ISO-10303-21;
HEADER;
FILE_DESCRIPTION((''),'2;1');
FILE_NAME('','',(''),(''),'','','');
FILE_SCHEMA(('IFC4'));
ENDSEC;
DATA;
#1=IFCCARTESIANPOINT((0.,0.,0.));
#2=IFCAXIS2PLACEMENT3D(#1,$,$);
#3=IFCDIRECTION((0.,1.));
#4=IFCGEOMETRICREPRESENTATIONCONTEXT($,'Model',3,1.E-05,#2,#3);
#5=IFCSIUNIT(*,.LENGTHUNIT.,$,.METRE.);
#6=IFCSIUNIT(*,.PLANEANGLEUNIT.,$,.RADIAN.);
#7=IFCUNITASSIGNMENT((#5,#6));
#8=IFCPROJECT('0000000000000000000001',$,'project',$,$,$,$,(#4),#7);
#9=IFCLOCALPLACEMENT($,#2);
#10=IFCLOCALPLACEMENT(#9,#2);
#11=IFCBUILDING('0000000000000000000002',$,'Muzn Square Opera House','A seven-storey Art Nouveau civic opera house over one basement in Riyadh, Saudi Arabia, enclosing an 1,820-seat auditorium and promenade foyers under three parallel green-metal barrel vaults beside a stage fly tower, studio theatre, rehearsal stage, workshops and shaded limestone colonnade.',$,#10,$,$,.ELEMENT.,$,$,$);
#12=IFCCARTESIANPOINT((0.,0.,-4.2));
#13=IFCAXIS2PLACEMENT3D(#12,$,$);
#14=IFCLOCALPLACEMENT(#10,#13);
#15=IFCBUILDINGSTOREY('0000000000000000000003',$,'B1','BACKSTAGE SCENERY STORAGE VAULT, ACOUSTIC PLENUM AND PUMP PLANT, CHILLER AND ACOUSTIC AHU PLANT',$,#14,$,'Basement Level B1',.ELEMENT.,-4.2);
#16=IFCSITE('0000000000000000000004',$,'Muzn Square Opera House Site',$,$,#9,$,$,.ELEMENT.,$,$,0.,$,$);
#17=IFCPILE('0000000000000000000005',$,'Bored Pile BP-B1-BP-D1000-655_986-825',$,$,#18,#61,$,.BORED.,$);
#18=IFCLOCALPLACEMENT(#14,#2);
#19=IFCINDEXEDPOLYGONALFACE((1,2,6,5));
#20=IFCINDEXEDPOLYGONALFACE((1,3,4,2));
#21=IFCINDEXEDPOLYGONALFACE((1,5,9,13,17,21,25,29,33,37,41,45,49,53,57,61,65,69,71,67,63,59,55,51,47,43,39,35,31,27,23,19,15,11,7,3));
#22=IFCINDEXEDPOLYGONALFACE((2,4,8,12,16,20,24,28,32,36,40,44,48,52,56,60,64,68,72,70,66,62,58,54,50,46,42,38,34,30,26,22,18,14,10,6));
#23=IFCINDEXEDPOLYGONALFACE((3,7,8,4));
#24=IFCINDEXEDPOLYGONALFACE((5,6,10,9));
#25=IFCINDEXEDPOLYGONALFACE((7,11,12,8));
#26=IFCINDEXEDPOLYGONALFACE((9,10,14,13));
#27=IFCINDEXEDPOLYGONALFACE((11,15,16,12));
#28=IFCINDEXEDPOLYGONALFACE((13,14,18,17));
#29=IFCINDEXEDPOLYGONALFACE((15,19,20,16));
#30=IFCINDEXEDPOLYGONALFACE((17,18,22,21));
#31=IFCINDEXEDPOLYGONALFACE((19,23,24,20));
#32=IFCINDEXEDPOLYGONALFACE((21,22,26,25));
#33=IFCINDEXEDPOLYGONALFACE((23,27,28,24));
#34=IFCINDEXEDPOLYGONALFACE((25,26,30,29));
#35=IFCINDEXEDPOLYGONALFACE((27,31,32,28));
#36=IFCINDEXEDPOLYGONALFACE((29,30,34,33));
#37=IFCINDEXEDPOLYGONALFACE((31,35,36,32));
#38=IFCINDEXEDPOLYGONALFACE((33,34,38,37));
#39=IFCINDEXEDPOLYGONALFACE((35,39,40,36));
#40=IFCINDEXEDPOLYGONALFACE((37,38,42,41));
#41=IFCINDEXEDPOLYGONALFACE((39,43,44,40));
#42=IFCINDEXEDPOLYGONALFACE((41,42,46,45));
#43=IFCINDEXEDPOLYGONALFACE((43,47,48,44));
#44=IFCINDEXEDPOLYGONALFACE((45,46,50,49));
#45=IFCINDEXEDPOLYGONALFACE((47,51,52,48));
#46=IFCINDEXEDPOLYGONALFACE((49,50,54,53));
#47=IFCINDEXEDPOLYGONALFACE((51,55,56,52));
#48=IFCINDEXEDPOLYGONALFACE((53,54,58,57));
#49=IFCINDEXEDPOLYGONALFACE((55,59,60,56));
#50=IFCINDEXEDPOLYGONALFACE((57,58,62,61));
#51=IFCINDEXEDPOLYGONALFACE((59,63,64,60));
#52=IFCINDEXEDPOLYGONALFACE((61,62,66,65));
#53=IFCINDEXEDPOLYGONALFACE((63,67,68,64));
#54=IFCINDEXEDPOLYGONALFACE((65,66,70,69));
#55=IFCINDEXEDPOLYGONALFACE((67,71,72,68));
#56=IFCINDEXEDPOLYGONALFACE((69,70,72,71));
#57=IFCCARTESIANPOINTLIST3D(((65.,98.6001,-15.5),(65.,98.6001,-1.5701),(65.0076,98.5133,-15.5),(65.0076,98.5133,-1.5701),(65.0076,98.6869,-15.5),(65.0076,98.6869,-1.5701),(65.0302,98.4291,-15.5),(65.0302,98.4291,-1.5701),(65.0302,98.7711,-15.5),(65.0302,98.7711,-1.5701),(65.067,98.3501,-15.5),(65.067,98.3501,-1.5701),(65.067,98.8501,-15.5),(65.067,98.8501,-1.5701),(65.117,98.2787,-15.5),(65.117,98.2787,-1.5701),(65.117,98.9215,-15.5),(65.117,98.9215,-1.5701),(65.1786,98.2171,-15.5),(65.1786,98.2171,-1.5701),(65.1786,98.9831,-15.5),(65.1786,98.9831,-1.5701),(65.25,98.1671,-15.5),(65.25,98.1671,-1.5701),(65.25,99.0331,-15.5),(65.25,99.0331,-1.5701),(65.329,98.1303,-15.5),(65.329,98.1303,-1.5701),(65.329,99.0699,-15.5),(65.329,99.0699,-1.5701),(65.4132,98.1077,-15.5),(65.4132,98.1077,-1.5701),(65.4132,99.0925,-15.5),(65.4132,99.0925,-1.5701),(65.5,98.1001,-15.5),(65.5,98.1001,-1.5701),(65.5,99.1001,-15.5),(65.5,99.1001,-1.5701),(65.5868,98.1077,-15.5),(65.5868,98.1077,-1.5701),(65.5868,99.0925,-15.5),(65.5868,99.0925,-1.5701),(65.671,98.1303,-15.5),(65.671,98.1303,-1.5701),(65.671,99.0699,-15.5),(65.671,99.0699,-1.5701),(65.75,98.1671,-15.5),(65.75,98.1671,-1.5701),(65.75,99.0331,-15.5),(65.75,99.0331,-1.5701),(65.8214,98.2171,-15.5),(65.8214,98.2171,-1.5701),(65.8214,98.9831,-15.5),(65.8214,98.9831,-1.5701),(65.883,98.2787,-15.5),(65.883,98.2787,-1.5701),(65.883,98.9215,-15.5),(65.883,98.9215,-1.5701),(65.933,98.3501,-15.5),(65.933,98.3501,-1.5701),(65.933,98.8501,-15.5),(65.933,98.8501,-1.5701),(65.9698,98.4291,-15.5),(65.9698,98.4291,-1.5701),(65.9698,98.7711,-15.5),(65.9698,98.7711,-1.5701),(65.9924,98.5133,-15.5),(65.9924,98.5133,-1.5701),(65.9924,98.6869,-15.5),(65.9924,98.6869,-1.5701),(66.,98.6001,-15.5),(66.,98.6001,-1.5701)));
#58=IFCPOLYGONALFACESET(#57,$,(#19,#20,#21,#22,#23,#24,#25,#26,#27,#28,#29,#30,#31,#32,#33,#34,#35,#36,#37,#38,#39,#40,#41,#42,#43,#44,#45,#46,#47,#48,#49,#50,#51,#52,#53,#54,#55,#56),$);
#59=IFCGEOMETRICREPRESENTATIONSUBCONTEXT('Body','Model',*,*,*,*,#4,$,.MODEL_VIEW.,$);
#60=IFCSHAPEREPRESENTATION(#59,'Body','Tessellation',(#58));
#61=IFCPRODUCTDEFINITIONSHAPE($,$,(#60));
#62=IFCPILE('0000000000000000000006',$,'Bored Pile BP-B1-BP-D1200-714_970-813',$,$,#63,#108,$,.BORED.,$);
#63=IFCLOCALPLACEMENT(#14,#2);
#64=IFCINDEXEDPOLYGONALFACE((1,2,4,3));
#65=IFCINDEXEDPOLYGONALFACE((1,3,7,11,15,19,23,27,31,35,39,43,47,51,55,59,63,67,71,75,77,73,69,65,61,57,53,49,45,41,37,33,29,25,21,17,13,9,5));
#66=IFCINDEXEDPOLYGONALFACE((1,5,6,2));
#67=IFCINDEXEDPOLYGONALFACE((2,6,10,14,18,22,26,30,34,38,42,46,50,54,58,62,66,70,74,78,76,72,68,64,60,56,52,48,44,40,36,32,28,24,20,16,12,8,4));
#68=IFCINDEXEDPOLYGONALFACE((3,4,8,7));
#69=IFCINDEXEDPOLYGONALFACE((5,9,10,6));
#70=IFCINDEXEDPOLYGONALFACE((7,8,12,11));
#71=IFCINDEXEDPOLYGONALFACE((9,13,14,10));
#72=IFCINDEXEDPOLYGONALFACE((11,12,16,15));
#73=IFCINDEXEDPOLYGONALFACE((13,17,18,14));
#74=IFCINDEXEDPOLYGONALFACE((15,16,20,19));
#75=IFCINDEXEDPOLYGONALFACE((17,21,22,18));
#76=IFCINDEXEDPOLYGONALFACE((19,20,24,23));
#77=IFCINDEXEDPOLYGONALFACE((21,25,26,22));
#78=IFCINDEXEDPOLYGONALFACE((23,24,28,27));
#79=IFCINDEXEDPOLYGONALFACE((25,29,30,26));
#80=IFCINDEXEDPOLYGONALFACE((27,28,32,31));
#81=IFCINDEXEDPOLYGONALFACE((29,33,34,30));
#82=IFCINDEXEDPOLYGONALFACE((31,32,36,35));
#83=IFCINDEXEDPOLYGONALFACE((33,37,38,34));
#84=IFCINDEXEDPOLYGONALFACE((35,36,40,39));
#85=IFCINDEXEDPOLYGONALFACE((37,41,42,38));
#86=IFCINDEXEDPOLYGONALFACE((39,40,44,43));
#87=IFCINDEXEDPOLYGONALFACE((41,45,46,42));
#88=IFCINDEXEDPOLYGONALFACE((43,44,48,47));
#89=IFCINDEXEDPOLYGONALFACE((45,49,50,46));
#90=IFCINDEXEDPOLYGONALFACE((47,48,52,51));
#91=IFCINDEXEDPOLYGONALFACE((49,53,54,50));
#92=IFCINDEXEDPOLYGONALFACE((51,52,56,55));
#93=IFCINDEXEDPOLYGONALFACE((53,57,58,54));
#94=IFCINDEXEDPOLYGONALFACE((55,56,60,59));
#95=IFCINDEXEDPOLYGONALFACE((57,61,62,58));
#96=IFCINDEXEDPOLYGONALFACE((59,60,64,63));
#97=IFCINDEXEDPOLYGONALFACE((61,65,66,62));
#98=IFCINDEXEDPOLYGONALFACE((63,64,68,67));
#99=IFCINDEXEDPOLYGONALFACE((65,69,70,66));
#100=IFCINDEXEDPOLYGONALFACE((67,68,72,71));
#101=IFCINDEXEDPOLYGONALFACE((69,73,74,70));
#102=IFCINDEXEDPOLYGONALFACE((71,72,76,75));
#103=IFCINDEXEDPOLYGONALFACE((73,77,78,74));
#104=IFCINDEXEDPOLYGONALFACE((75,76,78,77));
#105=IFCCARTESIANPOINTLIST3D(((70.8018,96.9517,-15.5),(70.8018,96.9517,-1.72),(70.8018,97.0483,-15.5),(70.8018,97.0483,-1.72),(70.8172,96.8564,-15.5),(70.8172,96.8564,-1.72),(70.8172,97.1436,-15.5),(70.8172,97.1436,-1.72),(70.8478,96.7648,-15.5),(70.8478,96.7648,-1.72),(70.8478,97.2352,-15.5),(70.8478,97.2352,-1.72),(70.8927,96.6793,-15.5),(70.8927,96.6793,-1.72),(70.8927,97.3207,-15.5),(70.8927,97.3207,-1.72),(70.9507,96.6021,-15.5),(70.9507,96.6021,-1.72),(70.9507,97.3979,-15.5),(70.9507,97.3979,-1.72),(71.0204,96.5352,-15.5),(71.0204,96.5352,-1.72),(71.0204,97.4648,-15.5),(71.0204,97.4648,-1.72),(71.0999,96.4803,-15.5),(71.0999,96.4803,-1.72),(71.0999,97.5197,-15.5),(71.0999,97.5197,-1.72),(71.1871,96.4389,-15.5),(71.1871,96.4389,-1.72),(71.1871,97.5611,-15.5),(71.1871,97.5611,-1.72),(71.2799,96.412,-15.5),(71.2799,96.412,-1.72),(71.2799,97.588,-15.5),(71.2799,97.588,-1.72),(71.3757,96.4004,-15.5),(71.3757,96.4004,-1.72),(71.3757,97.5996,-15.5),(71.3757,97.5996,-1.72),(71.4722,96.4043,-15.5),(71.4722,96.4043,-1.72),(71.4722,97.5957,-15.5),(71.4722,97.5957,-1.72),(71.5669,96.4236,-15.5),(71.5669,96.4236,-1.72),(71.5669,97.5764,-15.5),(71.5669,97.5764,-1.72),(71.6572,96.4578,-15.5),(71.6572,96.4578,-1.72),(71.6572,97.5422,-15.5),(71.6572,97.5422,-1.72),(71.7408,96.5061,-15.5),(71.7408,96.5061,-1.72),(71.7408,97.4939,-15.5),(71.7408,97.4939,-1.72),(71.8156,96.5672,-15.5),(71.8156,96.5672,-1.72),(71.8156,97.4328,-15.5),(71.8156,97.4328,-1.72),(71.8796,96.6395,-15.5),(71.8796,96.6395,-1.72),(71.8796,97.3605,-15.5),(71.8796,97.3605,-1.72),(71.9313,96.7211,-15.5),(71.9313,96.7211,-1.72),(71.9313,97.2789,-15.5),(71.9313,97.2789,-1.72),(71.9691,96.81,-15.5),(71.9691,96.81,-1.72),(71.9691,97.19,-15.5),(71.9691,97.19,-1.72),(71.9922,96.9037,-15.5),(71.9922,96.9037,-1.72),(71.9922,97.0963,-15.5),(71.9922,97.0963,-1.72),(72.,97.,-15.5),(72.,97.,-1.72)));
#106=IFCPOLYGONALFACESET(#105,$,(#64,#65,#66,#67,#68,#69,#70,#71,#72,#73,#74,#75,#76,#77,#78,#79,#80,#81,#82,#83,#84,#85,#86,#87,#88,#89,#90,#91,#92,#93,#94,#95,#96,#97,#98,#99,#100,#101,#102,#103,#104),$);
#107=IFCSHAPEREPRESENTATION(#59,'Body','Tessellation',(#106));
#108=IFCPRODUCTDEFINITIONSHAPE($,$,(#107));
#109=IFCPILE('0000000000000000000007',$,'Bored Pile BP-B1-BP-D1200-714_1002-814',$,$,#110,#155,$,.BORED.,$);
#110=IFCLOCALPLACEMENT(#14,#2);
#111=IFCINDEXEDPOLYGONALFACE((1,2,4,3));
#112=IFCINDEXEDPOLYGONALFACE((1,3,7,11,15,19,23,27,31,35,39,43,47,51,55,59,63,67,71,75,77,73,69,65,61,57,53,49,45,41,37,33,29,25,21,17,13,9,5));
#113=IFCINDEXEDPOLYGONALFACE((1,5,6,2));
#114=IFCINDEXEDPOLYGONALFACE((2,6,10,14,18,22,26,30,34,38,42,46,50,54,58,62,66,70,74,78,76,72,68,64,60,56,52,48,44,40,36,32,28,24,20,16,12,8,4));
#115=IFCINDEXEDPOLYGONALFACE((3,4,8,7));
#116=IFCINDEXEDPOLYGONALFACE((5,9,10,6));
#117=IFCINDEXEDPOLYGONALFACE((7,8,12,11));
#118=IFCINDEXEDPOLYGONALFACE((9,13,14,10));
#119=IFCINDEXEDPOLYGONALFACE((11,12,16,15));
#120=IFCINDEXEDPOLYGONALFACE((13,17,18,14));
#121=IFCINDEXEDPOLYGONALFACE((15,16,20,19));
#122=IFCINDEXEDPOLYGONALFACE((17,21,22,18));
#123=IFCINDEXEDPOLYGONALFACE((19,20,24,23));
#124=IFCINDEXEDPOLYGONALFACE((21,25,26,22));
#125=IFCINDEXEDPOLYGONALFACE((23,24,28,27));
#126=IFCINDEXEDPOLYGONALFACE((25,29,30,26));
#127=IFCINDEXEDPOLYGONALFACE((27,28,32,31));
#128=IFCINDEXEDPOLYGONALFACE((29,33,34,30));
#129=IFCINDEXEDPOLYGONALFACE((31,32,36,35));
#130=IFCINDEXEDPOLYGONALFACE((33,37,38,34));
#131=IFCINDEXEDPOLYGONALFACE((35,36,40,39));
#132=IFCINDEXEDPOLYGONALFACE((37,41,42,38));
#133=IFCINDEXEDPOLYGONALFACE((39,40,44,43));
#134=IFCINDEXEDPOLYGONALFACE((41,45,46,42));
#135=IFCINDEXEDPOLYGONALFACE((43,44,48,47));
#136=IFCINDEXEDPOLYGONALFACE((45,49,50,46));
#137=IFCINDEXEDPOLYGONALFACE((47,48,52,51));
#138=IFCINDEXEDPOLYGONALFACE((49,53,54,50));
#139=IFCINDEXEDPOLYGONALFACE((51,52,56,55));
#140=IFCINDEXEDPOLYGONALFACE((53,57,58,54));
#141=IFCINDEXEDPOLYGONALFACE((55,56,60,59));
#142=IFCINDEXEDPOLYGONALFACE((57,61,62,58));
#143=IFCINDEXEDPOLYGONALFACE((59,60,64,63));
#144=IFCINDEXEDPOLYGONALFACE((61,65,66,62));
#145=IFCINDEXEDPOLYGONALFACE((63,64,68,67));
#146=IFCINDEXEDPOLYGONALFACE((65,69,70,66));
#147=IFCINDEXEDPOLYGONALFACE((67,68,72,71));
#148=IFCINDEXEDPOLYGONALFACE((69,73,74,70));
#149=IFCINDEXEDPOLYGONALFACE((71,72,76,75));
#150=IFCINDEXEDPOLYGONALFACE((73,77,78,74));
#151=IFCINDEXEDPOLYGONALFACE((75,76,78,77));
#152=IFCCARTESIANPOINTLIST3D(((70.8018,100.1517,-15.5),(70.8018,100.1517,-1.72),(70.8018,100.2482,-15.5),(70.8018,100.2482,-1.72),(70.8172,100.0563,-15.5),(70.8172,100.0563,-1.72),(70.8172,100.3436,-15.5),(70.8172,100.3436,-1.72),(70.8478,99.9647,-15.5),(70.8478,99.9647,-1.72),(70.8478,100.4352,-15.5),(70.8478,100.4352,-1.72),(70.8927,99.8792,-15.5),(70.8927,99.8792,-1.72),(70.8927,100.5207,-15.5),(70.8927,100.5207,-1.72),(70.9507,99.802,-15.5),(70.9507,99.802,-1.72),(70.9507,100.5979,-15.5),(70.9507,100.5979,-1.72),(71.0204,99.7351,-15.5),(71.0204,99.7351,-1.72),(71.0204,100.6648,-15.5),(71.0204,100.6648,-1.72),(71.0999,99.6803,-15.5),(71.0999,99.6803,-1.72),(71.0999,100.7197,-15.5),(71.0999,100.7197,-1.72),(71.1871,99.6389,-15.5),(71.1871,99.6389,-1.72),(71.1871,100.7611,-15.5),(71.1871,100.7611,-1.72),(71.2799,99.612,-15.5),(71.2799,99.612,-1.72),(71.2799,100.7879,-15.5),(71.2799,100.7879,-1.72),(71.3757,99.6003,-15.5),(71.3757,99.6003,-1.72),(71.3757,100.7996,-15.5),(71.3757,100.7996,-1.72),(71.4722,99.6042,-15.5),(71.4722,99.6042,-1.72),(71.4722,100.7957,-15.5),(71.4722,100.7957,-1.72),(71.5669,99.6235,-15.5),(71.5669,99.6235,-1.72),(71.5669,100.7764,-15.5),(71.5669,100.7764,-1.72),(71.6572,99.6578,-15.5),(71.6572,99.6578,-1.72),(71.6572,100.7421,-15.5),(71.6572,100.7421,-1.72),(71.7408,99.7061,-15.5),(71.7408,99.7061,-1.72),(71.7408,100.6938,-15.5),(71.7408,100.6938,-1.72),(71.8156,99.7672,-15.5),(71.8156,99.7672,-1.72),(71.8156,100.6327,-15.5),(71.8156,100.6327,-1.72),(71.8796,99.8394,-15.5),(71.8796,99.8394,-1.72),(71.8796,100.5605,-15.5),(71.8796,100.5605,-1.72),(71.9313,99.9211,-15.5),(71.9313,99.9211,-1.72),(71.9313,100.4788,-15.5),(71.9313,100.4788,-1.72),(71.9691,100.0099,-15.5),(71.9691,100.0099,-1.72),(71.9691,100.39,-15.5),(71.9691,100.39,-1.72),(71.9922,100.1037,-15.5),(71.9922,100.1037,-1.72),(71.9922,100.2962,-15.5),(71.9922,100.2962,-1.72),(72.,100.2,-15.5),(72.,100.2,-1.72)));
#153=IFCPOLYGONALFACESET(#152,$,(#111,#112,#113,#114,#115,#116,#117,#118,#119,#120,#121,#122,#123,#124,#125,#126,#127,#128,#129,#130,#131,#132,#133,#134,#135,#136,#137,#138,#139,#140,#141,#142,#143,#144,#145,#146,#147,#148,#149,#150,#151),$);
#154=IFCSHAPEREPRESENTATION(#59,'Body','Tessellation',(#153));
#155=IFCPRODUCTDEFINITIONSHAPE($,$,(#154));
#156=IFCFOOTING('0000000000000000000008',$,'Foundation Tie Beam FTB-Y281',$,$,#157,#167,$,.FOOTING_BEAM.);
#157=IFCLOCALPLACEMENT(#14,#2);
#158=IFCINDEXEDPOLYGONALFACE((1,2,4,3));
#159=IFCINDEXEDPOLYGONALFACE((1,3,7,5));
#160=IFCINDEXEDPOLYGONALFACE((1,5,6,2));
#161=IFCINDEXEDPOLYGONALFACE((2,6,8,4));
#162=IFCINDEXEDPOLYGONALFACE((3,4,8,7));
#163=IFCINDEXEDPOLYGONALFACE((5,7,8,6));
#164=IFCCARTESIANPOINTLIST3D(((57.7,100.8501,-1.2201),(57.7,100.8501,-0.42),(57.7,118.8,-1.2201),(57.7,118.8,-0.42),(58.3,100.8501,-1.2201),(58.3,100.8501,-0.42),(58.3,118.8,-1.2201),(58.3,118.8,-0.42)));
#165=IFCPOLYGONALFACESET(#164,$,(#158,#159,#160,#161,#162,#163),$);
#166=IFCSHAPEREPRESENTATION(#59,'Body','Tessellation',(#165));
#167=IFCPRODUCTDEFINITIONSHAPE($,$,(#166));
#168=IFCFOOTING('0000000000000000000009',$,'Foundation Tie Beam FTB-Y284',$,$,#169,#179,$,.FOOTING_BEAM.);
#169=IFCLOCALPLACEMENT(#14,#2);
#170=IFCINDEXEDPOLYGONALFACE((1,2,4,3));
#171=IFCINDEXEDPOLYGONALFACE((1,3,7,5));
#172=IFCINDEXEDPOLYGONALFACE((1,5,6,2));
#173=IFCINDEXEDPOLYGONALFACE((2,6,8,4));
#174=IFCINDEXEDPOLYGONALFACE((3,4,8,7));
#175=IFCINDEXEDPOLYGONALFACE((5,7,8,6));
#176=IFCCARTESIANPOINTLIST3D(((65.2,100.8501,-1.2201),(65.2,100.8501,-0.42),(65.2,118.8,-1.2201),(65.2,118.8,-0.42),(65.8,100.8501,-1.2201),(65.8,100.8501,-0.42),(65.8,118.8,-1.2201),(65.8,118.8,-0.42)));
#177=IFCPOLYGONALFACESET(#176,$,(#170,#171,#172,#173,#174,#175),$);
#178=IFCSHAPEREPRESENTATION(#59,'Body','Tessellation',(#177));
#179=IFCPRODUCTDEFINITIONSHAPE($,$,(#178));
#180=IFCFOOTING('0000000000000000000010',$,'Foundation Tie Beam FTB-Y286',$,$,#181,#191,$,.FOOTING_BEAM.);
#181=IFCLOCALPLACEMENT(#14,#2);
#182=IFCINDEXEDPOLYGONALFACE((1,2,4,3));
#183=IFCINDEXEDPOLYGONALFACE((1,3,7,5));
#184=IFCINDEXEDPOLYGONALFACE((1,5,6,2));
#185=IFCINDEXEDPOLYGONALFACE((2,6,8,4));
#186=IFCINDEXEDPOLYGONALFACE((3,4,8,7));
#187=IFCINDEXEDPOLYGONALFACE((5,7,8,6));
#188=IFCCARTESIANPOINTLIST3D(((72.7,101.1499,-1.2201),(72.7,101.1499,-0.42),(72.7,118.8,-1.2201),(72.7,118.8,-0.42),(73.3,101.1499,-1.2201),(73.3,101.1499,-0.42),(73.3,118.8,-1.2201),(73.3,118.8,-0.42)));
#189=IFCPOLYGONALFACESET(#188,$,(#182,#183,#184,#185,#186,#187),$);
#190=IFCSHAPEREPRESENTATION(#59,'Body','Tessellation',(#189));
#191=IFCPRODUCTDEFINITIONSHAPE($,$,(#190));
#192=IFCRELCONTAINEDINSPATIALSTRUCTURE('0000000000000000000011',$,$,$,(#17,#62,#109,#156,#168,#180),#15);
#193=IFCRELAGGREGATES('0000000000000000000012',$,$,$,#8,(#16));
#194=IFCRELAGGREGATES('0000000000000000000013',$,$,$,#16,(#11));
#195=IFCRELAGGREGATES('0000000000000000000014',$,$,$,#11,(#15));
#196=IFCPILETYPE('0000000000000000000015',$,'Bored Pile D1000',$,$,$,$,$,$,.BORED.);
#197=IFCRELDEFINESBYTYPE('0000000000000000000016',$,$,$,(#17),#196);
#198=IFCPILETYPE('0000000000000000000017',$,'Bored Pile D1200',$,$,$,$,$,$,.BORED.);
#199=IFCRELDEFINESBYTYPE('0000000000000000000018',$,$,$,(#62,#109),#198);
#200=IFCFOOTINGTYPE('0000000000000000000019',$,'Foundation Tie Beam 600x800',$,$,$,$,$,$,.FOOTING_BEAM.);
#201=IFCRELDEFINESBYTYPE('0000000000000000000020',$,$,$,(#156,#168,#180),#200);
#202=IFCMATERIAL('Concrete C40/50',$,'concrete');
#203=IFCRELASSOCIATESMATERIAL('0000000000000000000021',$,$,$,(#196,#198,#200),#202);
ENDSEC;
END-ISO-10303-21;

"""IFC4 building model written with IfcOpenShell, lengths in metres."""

from ifc_helpers import new_model, si_unit, direction, frame, origin, origin_2d, place, context, subcontext, project, spatial, rectangle, circle, extrude, material, material_profile, profile_set, type_object, element, save


model = new_model("IFC4")

# Units and contexts
model_context = context("Model", 3, precision=1e-05, world=origin(), true_north=direction((0.0, 1.0)))
body_context = subcontext(model_context, "Body", "Model", "MODEL_VIEW")
ifc_project = project(units=[si_unit("LENGTHUNIT", "METRE"), si_unit("PLANEANGLEUNIT", "RADIAN")], contexts=[model_context])

# Site, building, storey
site_placement = place(None, origin())
site = spatial("IfcSite", under=ifc_project, at=site_placement, Name="Muzn Square Opera House Site", CompositionType="ELEMENT", RefElevation=0.0)
building_placement = place(site_placement, origin())
building = spatial("IfcBuilding", under=site, at=building_placement, Name="Muzn Square Opera House", Description="A seven-storey Art Nouveau civic opera house over one basement in Riyadh, Saudi Arabia, enclosing an 1,820-seat auditorium and promenade foyers under three parallel green-metal barrel vaults beside a stage fly tower, studio theatre, rehearsal stage, workshops and shaded limestone colonnade.", CompositionType="ELEMENT")
storey_placement = place(building_placement, frame((0.0, 0.0, -4.2)))
storey = spatial("IfcBuildingStorey", under=building, at=storey_placement, Name="B1", Description="BACKSTAGE SCENERY STORAGE VAULT, ACOUSTIC PLENUM AND PUMP PLANT, CHILLER AND ACOUSTIC AHU PLANT", LongName="Basement Level B1", CompositionType="ELEMENT", Elevation=-4.2)

# Piles
ifc_material_1 = material(Name="Concrete C40/50", Category="concrete")
ifc_material_profile_1 = material_profile(ifc_material_1, circle(Radius=0.5, at=origin_2d()), Name="BORED PILE D1000", Category="concrete")
ifc_profile_set_1 = profile_set([ifc_material_profile_1], Name="Concrete C40/50")
pile_type_1 = type_object("IfcPileType", Name="Bored Pile D1000", PredefinedType="BORED", material=ifc_profile_set_1)
pile_placement = place(storey_placement, frame((65.5, 98.6001, -1.5701), z_axis=(0.0, 0.0, -1.0), x_axis=(1.0, 0.0, 0.0)))
element("IfcPile", 1, at=pile_placement, inside=storey, type_object=pile_type_1, Name="Bored Pile BP-B1-BP-D1000-655_986-825", PredefinedType="BORED", context=body_context, shape_type="SweptSolid", body=[
    extrude(circle(Radius=0.5, at=origin_2d()), origin(), (0.0, 0.0, 1.0), 13.9299),
])
ifc_material_profile_2 = material_profile(ifc_material_1, circle(Radius=0.6001, at=origin_2d()), Name="BORED PILE D1200", Category="concrete")
ifc_profile_set_2 = profile_set([ifc_material_profile_2], Name="Concrete C40/50")
pile_type_2 = type_object("IfcPileType", Name="Bored Pile D1200", PredefinedType="BORED", material=ifc_profile_set_2)
for number, where, z_axis, x_axis, name in (
    (2, (71.3999, 97.0, -1.72), (0.0, 0.0, -1.0), (1.0, 0.0, 0.0), "Bored Pile BP-B1-BP-D1200-714_970-813"),
    (3, (71.3999, 100.2, -1.72), (0.0, 0.0, -1.0), (1.0, 0.0, 0.0), "Bored Pile BP-B1-BP-D1200-714_1002-814"),
):
    element("IfcPile", number, at=place(storey_placement, frame(where, z_axis=z_axis, x_axis=x_axis)), inside=storey, type_object=pile_type_2, Name=name, PredefinedType="BORED", context=body_context, shape_type="SweptSolid", body=[
        extrude(circle(Radius=0.6001, at=origin_2d()), origin(), (0.0, 0.0, 1.0), 13.78),
    ])

# Footings
ifc_material_profile_3 = material_profile(ifc_material_1, rectangle(XDim=0.6001, YDim=0.8, at=origin_2d()), Name="RCTB 600x800", Category="concrete")
ifc_profile_set_3 = profile_set([ifc_material_profile_3], Name="Concrete C40/50")
footing_type_1 = type_object("IfcFootingType", Name="Foundation Tie Beam 600x800", PredefinedType="FOOTING_BEAM", material=ifc_profile_set_3)
for number, where, z_axis, x_axis, name in (
    (4, (58.0, 100.8501, -0.8201), (0.0, 1.0, 0.0), (-1.0, 0.0, 0.0), "Foundation Tie Beam FTB-Y281"),
    (5, (65.5, 100.8501, -0.8201), (0.0, 1.0, 0.0), (-1.0, 0.0, 0.0), "Foundation Tie Beam FTB-Y284"),
):
    element("IfcFooting", number, at=place(storey_placement, frame(where, z_axis=z_axis, x_axis=x_axis)), inside=storey, type_object=footing_type_1, Name=name, PredefinedType="FOOTING_BEAM", context=body_context, shape_type="SweptSolid", body=[
        extrude(rectangle(XDim=0.6001, YDim=0.8, at=origin_2d()), origin(), (0.0, 0.0, 1.0), 17.95),
    ])
footing_1_placement = place(storey_placement, frame((73.0, 101.1499, -0.8201), z_axis=(0.0, 1.0, 0.0), x_axis=(-1.0, 0.0, 0.0)))
element("IfcFooting", 6, at=footing_1_placement, inside=storey, type_object=footing_type_1, Name="Foundation Tie Beam FTB-Y286", PredefinedType="FOOTING_BEAM", context=body_context, shape_type="SweptSolid", body=[
    extrude(rectangle(XDim=0.6001, YDim=0.8, at=origin_2d()), origin(), (0.0, 0.0, 1.0), 17.6501),
])

save(model, "model.ifc")
